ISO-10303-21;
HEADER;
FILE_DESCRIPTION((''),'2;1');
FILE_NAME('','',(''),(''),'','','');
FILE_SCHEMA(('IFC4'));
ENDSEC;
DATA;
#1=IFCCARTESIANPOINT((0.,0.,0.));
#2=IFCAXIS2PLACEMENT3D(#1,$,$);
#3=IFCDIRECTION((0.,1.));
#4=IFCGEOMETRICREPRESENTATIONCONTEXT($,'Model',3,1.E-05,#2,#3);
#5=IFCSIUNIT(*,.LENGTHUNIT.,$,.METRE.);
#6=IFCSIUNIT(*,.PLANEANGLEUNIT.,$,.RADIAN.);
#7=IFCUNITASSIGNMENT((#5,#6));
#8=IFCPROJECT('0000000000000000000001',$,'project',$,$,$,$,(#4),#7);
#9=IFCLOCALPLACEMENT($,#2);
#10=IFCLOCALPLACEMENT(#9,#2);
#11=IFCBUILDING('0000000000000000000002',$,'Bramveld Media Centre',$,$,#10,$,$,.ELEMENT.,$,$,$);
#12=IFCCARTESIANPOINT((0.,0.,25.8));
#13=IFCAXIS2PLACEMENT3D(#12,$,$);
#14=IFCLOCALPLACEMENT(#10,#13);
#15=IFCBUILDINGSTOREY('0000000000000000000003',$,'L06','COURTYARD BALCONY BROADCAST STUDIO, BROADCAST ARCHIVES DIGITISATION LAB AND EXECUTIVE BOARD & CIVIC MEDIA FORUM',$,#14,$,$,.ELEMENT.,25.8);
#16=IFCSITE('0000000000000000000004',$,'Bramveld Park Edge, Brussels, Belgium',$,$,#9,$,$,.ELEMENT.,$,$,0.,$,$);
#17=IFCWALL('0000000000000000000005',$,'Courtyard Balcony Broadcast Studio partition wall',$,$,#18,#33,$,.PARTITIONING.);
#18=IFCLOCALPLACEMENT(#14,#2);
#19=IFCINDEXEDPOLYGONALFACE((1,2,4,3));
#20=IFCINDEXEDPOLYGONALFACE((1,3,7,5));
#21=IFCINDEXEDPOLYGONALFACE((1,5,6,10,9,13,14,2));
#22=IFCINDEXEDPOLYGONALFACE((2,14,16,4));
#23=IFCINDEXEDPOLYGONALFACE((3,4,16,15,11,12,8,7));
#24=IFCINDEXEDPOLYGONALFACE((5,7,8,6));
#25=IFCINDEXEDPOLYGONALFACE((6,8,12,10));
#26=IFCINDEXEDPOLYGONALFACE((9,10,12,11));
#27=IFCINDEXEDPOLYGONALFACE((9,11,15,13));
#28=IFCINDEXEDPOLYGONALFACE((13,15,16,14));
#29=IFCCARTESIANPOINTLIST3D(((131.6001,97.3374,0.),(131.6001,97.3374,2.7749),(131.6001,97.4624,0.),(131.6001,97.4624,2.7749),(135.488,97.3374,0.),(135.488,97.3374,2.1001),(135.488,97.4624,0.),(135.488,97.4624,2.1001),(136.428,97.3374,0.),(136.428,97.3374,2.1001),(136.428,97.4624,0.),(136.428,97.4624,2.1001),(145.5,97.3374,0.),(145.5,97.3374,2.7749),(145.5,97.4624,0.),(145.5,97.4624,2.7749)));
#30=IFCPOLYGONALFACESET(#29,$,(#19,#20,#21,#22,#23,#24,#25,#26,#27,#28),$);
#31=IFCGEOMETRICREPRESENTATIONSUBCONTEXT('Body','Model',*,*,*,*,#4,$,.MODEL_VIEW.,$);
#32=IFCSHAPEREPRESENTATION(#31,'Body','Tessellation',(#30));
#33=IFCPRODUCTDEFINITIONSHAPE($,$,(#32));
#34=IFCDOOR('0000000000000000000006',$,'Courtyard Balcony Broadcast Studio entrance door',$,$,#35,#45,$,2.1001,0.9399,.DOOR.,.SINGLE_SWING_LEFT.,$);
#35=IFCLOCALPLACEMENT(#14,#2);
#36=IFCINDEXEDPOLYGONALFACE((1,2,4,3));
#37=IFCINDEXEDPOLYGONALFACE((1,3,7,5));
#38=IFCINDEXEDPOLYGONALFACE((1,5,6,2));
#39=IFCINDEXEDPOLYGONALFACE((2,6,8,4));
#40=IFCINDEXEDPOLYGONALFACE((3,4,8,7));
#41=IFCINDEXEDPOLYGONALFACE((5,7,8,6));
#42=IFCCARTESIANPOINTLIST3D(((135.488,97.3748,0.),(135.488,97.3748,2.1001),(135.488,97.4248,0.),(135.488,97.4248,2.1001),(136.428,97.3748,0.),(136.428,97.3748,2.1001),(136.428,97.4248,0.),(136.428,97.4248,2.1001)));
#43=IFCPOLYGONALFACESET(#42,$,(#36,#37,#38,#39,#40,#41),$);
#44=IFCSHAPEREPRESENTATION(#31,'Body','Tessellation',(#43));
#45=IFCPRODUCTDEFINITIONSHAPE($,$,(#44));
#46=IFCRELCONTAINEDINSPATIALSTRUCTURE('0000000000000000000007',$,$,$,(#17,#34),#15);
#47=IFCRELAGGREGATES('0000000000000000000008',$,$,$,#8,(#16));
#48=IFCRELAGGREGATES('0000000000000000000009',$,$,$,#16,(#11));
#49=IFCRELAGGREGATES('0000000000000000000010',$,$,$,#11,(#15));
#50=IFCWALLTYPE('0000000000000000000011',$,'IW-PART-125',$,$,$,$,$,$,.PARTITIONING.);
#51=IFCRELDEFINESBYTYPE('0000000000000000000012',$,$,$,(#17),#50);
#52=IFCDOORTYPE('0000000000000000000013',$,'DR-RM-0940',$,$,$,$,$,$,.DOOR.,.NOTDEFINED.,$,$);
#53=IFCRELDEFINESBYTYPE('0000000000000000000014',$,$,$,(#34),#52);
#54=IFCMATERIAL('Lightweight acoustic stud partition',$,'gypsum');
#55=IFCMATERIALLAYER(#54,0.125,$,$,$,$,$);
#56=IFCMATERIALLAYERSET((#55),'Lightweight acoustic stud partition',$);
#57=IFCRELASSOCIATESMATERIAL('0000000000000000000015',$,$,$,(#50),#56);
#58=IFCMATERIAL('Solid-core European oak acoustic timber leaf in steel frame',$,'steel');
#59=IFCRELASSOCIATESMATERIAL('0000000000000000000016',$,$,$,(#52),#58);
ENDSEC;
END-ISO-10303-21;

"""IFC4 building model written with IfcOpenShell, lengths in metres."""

from ifc_helpers import new_model, si_unit, direction, frame, frame_2d, origin, place, context, subcontext, project, spatial, rectangle, extrude, material, layer, layer_set, type_object, element, fill, save


model = new_model("IFC4")

# Units and contexts
model_context = context("Model", 3, precision=1e-05, world=origin(), true_north=direction((0.0, 1.0)))
body_context = subcontext(model_context, "Body", "Model", "MODEL_VIEW")
ifc_project = project(units=[si_unit("LENGTHUNIT", "METRE"), si_unit("PLANEANGLEUNIT", "RADIAN")], contexts=[model_context])

# Site, building, storey
site_placement = place(None, origin())
site = spatial("IfcSite", under=ifc_project, at=site_placement, Name="Bramveld Park Edge, Brussels, Belgium", CompositionType="ELEMENT", RefElevation=0.0)
building_placement = place(site_placement, origin())
building = spatial("IfcBuilding", under=site, at=building_placement, Name="Bramveld Media Centre", CompositionType="ELEMENT")
storey_placement = place(building_placement, frame((0.0, 0.0, 25.8)))
storey = spatial("IfcBuildingStorey", under=building, at=storey_placement, Name="L06", Description="COURTYARD BALCONY BROADCAST STUDIO, BROADCAST ARCHIVES DIGITISATION LAB AND EXECUTIVE BOARD & CIVIC MEDIA FORUM", CompositionType="ELEMENT", Elevation=25.8)

# Shared definitions
ifc_material_1 = material(Name="Lightweight acoustic stud partition", Category="gypsum")
ifc_layer_1 = layer(ifc_material_1, 0.125)
ifc_layer_set_1 = layer_set([ifc_layer_1], Name="Lightweight acoustic stud partition")
wall_type_1 = type_object("IfcWallType", Name="IW-PART-125", PredefinedType="PARTITIONING", material=ifc_layer_set_1)

# Wall, opening, door
wall_1_placement = place(storey_placement, frame((131.6001, 97.3999, 0.0), z_axis=(0.0, 0.0, 1.0), x_axis=(1.0, 0.0, 0.0)))
wall_1 = element("IfcWall", 1, at=wall_1_placement, inside=storey, type_object=wall_type_1, Name="Courtyard Balcony Broadcast Studio partition wall", PredefinedType="PARTITIONING", context=body_context, shape_type="SweptSolid", body=[
    extrude(rectangle(XDim=13.8999, YDim=0.125, at=frame_2d((6.95, 0.0))), origin(), (0.0, 0.0, 1.0), 2.7749),
])
opening_1_placement = place(wall_1_placement, frame((3.8879, 0.0, 0.0)))
opening_1 = element("IfcOpeningElement", 2, at=opening_1_placement, cuts=wall_1, PredefinedType="OPENING", context=body_context, shape_type="SweptSolid", body=[
    extrude(rectangle(XDim=0.9399, YDim=2.1001, at=frame_2d((0.47, 1.05))), frame((0.0, 0.0745, 0.0), z_axis=(0.0, -1.0, 0.0), x_axis=(1.0, 0.0, 0.0)), (0.0, 0.0, 1.0), 0.1489),
])
ifc_material_2 = material(Name="Solid-core European oak acoustic timber leaf in steel frame", Category="steel")
door_type_1 = type_object("IfcDoorType", Name="DR-RM-0940", OperationType="NOTDEFINED", PredefinedType="DOOR", material=ifc_material_2)
door_1_placement = place(opening_1_placement, origin())
door_1 = element("IfcDoor", 3, at=door_1_placement, inside=storey, type_object=door_type_1, Name="Courtyard Balcony Broadcast Studio entrance door", OperationType="SINGLE_SWING_LEFT", OverallHeight=2.1001, OverallWidth=0.9399, PredefinedType="DOOR", context=body_context, shape_type="SweptSolid", body=[
    extrude(rectangle(XDim=0.9399, YDim=2.1001, at=frame_2d((0.47, 1.05))), frame((0.0, 0.0249, 0.0), z_axis=(0.0, -1.0, 0.0), x_axis=(1.0, 0.0, 0.0)), (0.0, 0.0, 1.0), 0.05),
])
fill(opening_1, door_1)

save(model, "model.ifc")
